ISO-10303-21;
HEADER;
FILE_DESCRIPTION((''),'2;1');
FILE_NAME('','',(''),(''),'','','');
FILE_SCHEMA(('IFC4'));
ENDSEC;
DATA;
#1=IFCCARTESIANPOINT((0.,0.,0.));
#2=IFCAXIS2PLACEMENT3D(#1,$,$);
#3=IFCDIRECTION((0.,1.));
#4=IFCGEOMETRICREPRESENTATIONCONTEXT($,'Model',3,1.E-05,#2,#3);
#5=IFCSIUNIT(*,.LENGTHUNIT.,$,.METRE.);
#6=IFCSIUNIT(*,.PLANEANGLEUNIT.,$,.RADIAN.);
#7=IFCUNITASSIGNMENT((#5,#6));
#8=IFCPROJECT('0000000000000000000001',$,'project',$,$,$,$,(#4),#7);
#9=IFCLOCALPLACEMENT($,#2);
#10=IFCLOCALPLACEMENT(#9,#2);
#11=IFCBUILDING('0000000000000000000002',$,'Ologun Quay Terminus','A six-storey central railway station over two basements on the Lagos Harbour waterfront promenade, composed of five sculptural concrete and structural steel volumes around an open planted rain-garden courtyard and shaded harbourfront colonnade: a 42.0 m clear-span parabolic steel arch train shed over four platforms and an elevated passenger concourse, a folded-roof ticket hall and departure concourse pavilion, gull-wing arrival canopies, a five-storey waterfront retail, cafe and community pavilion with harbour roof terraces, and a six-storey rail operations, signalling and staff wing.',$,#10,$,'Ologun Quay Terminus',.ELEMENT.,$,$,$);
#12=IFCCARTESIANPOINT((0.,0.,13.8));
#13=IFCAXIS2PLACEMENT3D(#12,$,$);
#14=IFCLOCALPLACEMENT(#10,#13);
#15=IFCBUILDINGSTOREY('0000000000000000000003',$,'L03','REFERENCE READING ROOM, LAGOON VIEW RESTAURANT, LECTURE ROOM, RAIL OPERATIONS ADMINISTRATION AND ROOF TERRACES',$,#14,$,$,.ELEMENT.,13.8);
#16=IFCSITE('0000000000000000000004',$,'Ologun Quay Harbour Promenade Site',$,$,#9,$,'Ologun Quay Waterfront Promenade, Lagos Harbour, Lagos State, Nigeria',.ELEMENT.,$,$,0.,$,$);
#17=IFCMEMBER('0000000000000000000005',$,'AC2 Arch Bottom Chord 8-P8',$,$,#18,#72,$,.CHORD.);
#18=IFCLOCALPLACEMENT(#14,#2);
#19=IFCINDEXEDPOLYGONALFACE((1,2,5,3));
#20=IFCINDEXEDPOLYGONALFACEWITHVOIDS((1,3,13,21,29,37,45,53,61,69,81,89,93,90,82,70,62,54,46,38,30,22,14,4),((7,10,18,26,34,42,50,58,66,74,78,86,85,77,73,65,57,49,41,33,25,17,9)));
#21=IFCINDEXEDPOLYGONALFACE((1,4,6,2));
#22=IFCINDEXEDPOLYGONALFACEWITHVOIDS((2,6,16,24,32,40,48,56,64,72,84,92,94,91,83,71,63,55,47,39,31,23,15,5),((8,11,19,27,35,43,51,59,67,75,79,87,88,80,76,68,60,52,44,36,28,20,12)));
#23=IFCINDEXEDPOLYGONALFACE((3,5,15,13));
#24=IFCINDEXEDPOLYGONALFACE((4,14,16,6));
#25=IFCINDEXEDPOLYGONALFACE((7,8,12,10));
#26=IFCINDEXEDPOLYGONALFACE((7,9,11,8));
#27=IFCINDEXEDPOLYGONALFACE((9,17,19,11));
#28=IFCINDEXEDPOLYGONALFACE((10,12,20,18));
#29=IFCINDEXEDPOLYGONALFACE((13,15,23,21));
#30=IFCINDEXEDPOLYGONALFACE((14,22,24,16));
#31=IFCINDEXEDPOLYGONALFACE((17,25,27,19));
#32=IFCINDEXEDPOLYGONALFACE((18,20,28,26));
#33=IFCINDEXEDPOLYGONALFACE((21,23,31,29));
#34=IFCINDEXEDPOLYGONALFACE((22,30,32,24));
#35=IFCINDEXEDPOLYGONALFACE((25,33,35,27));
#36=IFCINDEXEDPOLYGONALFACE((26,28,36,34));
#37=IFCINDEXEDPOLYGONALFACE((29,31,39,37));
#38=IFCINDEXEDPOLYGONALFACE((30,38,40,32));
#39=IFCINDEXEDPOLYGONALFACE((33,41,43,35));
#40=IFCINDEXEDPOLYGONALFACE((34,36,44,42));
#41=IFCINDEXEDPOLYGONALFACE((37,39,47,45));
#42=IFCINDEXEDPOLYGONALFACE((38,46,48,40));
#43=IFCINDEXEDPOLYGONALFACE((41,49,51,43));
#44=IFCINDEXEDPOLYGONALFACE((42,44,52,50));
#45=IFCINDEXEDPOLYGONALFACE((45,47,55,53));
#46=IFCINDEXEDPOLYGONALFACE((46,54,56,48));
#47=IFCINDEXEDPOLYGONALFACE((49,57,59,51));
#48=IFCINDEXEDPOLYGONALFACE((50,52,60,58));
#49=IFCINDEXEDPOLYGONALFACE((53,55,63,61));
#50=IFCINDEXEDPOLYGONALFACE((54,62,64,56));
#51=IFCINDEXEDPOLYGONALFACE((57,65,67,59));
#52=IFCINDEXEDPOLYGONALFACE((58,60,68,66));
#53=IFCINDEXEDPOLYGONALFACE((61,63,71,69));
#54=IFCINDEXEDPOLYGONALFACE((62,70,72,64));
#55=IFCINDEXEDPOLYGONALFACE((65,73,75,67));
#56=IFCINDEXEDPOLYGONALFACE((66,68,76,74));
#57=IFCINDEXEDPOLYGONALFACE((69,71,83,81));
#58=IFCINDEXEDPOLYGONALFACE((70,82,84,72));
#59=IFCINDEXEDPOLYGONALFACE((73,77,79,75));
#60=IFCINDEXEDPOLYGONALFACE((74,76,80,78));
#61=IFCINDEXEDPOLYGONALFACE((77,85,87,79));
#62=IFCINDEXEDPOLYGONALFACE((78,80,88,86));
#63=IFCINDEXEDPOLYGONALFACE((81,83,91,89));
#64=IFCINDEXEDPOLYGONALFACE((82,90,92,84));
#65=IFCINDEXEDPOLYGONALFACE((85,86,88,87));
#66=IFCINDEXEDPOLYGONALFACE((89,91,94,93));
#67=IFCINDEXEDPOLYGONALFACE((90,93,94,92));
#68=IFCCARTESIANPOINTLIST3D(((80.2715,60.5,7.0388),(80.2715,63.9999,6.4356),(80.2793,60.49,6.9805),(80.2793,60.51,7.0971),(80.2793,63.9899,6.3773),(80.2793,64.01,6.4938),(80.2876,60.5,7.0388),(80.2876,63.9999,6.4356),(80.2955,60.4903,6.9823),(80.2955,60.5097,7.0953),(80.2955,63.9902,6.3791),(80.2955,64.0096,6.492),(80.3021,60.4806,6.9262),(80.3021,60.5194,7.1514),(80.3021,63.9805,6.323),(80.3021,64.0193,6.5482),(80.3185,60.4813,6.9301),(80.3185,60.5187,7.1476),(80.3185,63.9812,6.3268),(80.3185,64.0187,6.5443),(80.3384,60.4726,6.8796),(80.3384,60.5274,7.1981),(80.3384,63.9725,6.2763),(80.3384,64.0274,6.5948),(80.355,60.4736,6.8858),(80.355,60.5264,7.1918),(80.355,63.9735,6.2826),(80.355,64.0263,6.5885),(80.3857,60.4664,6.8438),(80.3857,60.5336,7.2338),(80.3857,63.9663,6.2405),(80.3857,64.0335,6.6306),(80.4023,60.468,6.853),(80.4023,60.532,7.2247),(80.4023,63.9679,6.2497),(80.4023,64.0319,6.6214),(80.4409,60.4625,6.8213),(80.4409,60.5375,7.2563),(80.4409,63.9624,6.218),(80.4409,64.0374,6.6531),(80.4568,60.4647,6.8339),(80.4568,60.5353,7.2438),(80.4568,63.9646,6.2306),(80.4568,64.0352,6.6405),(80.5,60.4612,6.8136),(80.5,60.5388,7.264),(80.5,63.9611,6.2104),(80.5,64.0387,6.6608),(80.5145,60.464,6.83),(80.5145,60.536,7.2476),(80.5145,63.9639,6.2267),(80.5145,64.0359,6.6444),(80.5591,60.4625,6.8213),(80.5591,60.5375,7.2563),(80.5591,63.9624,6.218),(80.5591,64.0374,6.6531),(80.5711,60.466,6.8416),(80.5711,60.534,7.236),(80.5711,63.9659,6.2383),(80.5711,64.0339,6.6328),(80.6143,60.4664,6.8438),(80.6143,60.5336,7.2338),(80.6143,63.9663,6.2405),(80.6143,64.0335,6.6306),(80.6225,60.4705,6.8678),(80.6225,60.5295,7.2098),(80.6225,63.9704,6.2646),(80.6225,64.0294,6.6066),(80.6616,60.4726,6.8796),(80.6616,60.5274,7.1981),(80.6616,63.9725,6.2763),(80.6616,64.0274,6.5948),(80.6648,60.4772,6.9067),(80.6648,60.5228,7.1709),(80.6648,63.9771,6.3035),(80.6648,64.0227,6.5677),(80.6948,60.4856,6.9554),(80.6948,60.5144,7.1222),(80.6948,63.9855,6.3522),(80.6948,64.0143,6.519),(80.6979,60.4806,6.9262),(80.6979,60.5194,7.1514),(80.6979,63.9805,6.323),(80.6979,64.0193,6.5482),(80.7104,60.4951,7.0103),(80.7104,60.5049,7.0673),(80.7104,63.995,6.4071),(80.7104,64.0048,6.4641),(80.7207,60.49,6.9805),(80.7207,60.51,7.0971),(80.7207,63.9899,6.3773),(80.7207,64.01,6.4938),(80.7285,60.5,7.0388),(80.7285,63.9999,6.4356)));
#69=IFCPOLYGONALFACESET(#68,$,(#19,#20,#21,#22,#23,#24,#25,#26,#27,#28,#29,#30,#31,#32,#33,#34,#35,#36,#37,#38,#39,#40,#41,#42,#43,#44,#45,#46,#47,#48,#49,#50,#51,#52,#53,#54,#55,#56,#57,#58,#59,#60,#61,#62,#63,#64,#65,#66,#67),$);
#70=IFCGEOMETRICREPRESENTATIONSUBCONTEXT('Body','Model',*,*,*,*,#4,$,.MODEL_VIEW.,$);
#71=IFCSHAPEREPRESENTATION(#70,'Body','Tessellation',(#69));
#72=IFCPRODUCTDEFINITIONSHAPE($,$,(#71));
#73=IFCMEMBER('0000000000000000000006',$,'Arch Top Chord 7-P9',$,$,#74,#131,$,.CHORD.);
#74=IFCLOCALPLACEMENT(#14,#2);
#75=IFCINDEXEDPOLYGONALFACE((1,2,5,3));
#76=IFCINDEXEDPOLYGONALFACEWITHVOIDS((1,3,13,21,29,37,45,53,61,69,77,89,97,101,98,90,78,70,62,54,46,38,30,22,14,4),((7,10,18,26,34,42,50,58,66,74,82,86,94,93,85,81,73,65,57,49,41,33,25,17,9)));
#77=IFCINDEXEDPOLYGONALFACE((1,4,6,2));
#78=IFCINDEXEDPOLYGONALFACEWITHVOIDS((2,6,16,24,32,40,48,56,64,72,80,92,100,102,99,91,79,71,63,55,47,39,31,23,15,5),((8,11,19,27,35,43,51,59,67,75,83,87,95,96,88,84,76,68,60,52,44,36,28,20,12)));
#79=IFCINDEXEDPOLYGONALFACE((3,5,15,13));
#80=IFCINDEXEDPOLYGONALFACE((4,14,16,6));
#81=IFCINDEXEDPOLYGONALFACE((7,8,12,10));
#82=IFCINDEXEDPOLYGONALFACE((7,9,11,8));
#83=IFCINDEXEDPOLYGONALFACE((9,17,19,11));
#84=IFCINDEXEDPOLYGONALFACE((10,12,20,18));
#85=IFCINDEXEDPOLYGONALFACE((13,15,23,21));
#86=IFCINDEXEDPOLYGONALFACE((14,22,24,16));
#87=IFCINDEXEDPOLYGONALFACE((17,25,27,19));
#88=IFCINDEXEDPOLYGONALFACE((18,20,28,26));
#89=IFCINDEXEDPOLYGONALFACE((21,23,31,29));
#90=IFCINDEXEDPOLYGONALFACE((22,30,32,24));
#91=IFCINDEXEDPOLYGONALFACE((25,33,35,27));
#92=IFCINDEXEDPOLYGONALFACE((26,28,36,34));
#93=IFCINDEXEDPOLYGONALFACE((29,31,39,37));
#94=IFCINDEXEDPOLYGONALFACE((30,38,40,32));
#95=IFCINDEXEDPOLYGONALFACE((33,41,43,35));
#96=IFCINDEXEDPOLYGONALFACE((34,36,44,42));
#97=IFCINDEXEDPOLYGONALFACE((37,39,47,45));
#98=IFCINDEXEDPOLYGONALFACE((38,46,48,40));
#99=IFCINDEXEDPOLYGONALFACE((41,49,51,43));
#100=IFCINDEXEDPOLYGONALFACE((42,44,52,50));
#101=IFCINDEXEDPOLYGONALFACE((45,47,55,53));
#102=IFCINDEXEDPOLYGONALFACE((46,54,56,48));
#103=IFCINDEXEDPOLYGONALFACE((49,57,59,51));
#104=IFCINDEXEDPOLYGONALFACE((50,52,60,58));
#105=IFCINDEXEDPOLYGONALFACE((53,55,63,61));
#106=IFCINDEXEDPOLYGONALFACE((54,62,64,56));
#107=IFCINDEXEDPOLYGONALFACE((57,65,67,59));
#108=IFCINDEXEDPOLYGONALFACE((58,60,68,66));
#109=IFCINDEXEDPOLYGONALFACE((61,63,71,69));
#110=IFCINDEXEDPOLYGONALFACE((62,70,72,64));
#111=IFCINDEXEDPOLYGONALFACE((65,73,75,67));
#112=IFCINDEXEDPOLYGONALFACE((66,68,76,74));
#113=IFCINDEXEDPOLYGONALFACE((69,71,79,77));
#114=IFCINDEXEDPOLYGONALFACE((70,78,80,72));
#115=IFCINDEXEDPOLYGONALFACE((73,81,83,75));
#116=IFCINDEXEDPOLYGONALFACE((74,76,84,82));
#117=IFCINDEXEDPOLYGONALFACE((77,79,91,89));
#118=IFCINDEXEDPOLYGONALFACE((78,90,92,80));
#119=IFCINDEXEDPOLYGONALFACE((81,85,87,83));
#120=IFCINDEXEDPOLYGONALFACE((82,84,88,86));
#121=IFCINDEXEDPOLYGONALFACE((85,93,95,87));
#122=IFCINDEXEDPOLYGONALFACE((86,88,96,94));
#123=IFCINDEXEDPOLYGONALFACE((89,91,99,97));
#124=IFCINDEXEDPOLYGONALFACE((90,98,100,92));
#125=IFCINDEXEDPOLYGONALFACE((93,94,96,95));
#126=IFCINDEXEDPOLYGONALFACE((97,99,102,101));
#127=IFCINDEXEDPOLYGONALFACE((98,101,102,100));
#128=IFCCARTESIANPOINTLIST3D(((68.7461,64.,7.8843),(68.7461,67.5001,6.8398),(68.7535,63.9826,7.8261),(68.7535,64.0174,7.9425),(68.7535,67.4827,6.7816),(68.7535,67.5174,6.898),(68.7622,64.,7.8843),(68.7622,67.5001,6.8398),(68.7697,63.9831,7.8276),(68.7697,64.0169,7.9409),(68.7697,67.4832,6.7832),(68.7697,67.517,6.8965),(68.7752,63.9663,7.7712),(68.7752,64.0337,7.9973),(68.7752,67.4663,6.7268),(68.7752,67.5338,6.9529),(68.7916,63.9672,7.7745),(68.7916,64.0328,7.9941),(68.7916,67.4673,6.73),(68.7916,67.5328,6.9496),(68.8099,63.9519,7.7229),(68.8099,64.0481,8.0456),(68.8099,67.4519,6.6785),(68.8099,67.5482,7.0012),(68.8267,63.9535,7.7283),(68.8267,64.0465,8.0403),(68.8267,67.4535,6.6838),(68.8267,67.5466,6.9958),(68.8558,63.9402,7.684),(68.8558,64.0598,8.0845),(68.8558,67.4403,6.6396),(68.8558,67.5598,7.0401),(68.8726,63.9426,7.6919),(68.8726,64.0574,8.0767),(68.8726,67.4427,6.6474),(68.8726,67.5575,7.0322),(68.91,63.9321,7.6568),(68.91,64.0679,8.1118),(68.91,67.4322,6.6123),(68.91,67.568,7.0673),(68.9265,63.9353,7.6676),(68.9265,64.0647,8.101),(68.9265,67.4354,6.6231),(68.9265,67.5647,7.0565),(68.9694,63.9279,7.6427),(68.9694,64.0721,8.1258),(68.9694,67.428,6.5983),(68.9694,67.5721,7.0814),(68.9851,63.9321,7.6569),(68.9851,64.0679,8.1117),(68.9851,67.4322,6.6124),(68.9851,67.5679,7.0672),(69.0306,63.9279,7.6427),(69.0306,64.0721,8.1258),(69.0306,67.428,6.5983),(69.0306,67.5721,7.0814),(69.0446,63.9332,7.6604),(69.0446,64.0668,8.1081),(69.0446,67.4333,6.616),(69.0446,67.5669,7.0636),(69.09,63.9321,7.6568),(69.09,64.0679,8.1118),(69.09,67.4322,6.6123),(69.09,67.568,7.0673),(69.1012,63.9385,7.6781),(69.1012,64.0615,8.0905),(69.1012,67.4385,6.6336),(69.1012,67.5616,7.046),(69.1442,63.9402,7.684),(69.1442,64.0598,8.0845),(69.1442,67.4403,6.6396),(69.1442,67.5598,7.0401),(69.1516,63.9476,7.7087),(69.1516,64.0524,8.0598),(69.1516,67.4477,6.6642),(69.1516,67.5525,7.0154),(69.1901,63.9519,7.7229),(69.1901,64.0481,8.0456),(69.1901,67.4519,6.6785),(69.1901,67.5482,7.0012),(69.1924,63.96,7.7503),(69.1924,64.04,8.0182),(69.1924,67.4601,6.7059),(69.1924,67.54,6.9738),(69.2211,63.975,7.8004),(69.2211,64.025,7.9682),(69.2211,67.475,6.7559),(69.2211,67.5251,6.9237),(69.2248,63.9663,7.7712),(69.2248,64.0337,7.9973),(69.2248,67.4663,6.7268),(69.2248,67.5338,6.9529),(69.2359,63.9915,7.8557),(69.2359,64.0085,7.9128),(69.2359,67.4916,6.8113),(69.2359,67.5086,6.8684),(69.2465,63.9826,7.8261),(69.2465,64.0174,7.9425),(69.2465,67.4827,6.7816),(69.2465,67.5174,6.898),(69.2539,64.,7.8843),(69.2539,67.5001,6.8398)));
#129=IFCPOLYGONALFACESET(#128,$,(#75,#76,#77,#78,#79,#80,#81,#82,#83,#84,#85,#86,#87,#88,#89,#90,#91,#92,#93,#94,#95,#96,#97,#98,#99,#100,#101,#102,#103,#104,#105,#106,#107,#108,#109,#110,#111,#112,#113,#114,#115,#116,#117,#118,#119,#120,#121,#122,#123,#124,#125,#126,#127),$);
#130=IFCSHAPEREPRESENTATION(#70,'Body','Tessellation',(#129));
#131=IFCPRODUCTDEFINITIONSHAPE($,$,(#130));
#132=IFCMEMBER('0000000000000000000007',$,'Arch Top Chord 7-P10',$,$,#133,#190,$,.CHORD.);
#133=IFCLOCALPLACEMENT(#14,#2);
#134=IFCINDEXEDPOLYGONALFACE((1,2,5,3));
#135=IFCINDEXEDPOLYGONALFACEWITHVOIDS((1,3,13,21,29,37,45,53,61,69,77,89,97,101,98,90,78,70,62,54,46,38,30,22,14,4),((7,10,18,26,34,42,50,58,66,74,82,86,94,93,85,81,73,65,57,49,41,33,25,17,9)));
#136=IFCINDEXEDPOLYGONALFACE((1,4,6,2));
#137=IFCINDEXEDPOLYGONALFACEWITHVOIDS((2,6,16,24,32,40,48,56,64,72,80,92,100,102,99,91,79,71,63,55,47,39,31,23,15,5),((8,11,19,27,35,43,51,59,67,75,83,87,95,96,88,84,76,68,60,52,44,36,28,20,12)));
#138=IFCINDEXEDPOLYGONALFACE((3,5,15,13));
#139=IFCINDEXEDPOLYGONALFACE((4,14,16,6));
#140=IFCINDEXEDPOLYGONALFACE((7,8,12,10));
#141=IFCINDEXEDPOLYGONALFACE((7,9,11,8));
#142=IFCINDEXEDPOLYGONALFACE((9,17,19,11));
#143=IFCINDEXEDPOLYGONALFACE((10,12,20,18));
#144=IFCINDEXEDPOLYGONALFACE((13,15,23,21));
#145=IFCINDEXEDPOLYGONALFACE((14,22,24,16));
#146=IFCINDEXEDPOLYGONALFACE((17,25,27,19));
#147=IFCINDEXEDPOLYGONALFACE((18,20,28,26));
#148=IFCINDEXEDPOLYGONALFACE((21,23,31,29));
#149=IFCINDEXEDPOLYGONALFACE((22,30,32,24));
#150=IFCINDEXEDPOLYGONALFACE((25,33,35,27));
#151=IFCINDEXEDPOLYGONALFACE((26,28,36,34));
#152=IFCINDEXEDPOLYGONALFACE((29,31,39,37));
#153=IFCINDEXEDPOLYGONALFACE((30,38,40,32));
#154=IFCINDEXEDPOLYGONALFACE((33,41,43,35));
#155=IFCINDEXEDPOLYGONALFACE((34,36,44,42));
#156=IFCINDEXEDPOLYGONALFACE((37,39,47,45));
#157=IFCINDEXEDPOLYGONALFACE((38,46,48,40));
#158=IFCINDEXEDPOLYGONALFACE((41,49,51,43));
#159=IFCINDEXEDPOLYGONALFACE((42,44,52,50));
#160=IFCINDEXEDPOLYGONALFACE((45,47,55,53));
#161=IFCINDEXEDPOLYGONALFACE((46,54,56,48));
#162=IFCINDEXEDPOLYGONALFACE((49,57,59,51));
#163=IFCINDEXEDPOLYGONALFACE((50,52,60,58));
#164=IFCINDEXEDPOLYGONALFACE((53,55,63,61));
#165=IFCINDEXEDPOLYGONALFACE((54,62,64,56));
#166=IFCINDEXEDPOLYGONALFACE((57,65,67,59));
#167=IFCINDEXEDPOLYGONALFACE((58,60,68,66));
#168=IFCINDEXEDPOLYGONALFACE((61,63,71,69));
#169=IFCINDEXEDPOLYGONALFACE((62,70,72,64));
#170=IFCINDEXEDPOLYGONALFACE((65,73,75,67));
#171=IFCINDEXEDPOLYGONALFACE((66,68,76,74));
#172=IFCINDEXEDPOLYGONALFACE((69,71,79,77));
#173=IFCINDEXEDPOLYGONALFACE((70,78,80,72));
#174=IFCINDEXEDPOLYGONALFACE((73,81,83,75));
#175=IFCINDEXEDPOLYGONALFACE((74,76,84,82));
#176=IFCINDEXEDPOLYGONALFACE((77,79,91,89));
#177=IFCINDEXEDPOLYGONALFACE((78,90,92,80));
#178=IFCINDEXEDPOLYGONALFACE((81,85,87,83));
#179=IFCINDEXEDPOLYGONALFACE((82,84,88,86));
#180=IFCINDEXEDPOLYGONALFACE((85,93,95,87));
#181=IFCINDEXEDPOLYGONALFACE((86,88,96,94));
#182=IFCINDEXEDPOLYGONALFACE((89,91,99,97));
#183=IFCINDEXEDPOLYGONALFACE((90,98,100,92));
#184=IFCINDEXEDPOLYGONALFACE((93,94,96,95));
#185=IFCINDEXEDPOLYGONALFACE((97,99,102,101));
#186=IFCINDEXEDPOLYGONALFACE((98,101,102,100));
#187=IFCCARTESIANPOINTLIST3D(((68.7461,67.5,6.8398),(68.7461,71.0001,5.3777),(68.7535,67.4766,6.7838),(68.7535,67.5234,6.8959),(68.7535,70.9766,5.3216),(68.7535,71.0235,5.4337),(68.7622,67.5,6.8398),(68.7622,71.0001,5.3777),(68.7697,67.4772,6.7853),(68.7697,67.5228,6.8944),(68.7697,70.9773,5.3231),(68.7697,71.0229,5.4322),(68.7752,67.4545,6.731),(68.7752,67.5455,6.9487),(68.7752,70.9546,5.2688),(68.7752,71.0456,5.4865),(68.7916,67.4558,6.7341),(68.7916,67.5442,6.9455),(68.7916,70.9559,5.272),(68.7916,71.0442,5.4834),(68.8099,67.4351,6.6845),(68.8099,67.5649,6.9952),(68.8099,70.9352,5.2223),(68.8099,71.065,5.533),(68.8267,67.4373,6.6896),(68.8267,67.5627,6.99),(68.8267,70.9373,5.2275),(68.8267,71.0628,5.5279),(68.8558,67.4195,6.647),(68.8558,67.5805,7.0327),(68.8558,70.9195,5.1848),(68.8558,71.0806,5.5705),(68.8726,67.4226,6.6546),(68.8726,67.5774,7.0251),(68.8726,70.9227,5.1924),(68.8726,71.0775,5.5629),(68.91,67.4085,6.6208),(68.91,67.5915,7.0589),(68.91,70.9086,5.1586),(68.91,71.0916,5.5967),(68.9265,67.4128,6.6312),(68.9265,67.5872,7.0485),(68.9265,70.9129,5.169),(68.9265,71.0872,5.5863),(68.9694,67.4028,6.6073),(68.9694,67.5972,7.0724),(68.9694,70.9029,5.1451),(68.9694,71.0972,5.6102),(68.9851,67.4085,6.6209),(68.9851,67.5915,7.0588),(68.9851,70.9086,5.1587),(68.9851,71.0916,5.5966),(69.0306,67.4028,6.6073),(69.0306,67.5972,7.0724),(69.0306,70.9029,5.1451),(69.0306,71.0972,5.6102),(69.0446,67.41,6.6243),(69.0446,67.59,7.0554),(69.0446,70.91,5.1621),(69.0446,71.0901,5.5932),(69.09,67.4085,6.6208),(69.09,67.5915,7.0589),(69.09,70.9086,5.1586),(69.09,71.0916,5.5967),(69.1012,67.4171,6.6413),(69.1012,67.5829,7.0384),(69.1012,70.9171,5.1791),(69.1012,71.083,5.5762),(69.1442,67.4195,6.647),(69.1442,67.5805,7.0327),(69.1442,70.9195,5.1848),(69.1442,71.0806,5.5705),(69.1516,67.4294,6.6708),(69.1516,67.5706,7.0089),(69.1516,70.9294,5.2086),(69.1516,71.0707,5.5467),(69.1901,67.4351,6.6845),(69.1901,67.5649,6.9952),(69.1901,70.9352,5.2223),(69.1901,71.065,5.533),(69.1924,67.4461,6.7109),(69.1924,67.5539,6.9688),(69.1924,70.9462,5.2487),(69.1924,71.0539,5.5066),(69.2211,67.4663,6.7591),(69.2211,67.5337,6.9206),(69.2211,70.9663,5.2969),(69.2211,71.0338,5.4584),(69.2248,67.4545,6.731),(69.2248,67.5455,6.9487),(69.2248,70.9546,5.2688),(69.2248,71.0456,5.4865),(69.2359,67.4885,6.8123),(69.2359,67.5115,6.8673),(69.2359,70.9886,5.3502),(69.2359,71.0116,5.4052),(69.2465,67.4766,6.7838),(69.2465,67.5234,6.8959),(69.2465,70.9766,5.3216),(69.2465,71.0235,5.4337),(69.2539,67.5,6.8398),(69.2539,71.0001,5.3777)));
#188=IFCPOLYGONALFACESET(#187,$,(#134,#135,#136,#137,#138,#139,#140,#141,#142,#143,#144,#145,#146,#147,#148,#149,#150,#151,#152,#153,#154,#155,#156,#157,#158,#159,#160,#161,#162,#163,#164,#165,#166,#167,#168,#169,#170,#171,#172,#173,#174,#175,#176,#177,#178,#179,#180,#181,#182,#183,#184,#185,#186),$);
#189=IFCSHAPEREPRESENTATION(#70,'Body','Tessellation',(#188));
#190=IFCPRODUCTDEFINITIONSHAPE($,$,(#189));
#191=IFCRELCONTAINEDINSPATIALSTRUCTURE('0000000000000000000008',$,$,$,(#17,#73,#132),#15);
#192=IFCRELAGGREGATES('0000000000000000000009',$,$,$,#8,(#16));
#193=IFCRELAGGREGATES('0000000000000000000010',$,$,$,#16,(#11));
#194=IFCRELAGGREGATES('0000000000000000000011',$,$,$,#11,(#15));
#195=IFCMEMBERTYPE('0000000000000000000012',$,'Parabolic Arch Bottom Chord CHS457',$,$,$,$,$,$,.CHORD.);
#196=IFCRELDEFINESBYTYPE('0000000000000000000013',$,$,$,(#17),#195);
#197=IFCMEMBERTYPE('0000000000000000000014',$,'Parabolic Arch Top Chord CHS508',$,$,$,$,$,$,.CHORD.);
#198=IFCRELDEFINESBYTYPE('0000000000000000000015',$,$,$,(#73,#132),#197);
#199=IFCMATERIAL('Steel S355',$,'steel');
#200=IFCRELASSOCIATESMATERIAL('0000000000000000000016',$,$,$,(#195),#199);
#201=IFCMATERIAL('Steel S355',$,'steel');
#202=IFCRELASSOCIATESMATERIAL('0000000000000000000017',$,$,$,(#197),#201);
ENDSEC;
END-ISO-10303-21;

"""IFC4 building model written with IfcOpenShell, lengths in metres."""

from ifc_helpers import new_model, si_unit, direction, frame, origin, origin_2d, place, context, subcontext, project, spatial, hollow_circle, extrude, material, material_profile, profile_set, type_object, element, save


model = new_model("IFC4")

# Units and contexts
model_context = context("Model", 3, precision=1e-05, world=origin(), true_north=direction((0.0, 1.0)))
body_context = subcontext(model_context, "Body", "Model", "MODEL_VIEW")
ifc_project = project(units=[si_unit("LENGTHUNIT", "METRE"), si_unit("PLANEANGLEUNIT", "RADIAN")], contexts=[model_context])

# Site, building, storey
site_placement = place(None, origin())
site = spatial("IfcSite", under=ifc_project, at=site_placement, Name="Ologun Quay Harbour Promenade Site", LongName="Ologun Quay Waterfront Promenade, Lagos Harbour, Lagos State, Nigeria", CompositionType="ELEMENT", RefElevation=0.0)
building_placement = place(site_placement, origin())
building = spatial("IfcBuilding", under=site, at=building_placement, Name="Ologun Quay Terminus", Description="A six-storey central railway station over two basements on the Lagos Harbour waterfront promenade, composed of five sculptural concrete and structural steel volumes around an open planted rain-garden courtyard and shaded harbourfront colonnade: a 42.0 m clear-span parabolic steel arch train shed over four platforms and an elevated passenger concourse, a folded-roof ticket hall and departure concourse pavilion, gull-wing arrival canopies, a five-storey waterfront retail, cafe and community pavilion with harbour roof terraces, and a six-storey rail operations, signalling and staff wing.", LongName="Ologun Quay Terminus", CompositionType="ELEMENT")
storey_placement = place(building_placement, frame((0.0, 0.0, 13.8)))
storey = spatial("IfcBuildingStorey", under=building, at=storey_placement, Name="L03", Description="REFERENCE READING ROOM, LAGOON VIEW RESTAURANT, LECTURE ROOM, RAIL OPERATIONS ADMINISTRATION AND ROOF TERRACES", CompositionType="ELEMENT", Elevation=13.8)

# Members
ifc_material_1 = material(Name="Steel S355", Category="steel")
ifc_material_profile_1 = material_profile(ifc_material_1, hollow_circle(Radius=0.2285, WallThickness=0.0161, at=origin_2d()), Name="CHS 457x16")
ifc_profile_set_1 = profile_set([ifc_material_profile_1], Name="Steel S355")
member_type_1 = type_object("IfcMemberType", Name="Parabolic Arch Bottom Chord CHS457", PredefinedType="CHORD", material=ifc_profile_set_1)
member_1_placement = place(storey_placement, frame((80.5, 60.5, 7.0388), z_axis=(0.0, 0.985468, -0.169859), x_axis=(-1.0, 0.0, 0.0)))
element("IfcMember", 1, at=member_1_placement, inside=storey, type_object=member_type_1, Name="AC2 Arch Bottom Chord 8-P8", PredefinedType="CHORD", context=body_context, shape_type="SweptSolid", body=[
    extrude(hollow_circle(Radius=0.2285, WallThickness=0.0161, at=origin_2d()), origin(), (0.0, 0.0, 1.0), 3.5515),
])
ifc_material_2 = material(Name="Steel S355", Category="steel")
ifc_material_profile_2 = material_profile(ifc_material_2, hollow_circle(Radius=0.2539, WallThickness=0.0161, at=origin_2d()), Name="CHS 508x16")
ifc_profile_set_2 = profile_set([ifc_material_profile_2], Name="Steel S355")
member_type_2 = type_object("IfcMemberType", Name="Parabolic Arch Top Chord CHS508", PredefinedType="CHORD", material=ifc_profile_set_2)
member_2_placement = place(storey_placement, frame((69.0, 64.0, 7.8843), z_axis=(0.0, 0.958245, -0.285949), x_axis=(-1.0, 0.0, 0.0)))
element("IfcMember", 2, at=member_2_placement, inside=storey, type_object=member_type_2, Name="Arch Top Chord 7-P9", PredefinedType="CHORD", context=body_context, shape_type="SweptSolid", body=[
    extrude(hollow_circle(Radius=0.2539, WallThickness=0.0161, at=origin_2d()), origin(), (0.0, 0.0, 1.0), 3.6526),
])
member_3_placement = place(storey_placement, frame((69.0, 67.5, 6.8398), z_axis=(0.0, 0.922719, -0.385474), x_axis=(-1.0, 0.0, 0.0)))
element("IfcMember", 3, at=member_3_placement, inside=storey, type_object=member_type_2, Name="Arch Top Chord 7-P10", PredefinedType="CHORD", context=body_context, shape_type="SweptSolid", body=[
    extrude(hollow_circle(Radius=0.2539, WallThickness=0.0161, at=origin_2d()), origin(), (0.0, 0.0, 1.0), 3.7932),
])

save(model, "model.ifc")
